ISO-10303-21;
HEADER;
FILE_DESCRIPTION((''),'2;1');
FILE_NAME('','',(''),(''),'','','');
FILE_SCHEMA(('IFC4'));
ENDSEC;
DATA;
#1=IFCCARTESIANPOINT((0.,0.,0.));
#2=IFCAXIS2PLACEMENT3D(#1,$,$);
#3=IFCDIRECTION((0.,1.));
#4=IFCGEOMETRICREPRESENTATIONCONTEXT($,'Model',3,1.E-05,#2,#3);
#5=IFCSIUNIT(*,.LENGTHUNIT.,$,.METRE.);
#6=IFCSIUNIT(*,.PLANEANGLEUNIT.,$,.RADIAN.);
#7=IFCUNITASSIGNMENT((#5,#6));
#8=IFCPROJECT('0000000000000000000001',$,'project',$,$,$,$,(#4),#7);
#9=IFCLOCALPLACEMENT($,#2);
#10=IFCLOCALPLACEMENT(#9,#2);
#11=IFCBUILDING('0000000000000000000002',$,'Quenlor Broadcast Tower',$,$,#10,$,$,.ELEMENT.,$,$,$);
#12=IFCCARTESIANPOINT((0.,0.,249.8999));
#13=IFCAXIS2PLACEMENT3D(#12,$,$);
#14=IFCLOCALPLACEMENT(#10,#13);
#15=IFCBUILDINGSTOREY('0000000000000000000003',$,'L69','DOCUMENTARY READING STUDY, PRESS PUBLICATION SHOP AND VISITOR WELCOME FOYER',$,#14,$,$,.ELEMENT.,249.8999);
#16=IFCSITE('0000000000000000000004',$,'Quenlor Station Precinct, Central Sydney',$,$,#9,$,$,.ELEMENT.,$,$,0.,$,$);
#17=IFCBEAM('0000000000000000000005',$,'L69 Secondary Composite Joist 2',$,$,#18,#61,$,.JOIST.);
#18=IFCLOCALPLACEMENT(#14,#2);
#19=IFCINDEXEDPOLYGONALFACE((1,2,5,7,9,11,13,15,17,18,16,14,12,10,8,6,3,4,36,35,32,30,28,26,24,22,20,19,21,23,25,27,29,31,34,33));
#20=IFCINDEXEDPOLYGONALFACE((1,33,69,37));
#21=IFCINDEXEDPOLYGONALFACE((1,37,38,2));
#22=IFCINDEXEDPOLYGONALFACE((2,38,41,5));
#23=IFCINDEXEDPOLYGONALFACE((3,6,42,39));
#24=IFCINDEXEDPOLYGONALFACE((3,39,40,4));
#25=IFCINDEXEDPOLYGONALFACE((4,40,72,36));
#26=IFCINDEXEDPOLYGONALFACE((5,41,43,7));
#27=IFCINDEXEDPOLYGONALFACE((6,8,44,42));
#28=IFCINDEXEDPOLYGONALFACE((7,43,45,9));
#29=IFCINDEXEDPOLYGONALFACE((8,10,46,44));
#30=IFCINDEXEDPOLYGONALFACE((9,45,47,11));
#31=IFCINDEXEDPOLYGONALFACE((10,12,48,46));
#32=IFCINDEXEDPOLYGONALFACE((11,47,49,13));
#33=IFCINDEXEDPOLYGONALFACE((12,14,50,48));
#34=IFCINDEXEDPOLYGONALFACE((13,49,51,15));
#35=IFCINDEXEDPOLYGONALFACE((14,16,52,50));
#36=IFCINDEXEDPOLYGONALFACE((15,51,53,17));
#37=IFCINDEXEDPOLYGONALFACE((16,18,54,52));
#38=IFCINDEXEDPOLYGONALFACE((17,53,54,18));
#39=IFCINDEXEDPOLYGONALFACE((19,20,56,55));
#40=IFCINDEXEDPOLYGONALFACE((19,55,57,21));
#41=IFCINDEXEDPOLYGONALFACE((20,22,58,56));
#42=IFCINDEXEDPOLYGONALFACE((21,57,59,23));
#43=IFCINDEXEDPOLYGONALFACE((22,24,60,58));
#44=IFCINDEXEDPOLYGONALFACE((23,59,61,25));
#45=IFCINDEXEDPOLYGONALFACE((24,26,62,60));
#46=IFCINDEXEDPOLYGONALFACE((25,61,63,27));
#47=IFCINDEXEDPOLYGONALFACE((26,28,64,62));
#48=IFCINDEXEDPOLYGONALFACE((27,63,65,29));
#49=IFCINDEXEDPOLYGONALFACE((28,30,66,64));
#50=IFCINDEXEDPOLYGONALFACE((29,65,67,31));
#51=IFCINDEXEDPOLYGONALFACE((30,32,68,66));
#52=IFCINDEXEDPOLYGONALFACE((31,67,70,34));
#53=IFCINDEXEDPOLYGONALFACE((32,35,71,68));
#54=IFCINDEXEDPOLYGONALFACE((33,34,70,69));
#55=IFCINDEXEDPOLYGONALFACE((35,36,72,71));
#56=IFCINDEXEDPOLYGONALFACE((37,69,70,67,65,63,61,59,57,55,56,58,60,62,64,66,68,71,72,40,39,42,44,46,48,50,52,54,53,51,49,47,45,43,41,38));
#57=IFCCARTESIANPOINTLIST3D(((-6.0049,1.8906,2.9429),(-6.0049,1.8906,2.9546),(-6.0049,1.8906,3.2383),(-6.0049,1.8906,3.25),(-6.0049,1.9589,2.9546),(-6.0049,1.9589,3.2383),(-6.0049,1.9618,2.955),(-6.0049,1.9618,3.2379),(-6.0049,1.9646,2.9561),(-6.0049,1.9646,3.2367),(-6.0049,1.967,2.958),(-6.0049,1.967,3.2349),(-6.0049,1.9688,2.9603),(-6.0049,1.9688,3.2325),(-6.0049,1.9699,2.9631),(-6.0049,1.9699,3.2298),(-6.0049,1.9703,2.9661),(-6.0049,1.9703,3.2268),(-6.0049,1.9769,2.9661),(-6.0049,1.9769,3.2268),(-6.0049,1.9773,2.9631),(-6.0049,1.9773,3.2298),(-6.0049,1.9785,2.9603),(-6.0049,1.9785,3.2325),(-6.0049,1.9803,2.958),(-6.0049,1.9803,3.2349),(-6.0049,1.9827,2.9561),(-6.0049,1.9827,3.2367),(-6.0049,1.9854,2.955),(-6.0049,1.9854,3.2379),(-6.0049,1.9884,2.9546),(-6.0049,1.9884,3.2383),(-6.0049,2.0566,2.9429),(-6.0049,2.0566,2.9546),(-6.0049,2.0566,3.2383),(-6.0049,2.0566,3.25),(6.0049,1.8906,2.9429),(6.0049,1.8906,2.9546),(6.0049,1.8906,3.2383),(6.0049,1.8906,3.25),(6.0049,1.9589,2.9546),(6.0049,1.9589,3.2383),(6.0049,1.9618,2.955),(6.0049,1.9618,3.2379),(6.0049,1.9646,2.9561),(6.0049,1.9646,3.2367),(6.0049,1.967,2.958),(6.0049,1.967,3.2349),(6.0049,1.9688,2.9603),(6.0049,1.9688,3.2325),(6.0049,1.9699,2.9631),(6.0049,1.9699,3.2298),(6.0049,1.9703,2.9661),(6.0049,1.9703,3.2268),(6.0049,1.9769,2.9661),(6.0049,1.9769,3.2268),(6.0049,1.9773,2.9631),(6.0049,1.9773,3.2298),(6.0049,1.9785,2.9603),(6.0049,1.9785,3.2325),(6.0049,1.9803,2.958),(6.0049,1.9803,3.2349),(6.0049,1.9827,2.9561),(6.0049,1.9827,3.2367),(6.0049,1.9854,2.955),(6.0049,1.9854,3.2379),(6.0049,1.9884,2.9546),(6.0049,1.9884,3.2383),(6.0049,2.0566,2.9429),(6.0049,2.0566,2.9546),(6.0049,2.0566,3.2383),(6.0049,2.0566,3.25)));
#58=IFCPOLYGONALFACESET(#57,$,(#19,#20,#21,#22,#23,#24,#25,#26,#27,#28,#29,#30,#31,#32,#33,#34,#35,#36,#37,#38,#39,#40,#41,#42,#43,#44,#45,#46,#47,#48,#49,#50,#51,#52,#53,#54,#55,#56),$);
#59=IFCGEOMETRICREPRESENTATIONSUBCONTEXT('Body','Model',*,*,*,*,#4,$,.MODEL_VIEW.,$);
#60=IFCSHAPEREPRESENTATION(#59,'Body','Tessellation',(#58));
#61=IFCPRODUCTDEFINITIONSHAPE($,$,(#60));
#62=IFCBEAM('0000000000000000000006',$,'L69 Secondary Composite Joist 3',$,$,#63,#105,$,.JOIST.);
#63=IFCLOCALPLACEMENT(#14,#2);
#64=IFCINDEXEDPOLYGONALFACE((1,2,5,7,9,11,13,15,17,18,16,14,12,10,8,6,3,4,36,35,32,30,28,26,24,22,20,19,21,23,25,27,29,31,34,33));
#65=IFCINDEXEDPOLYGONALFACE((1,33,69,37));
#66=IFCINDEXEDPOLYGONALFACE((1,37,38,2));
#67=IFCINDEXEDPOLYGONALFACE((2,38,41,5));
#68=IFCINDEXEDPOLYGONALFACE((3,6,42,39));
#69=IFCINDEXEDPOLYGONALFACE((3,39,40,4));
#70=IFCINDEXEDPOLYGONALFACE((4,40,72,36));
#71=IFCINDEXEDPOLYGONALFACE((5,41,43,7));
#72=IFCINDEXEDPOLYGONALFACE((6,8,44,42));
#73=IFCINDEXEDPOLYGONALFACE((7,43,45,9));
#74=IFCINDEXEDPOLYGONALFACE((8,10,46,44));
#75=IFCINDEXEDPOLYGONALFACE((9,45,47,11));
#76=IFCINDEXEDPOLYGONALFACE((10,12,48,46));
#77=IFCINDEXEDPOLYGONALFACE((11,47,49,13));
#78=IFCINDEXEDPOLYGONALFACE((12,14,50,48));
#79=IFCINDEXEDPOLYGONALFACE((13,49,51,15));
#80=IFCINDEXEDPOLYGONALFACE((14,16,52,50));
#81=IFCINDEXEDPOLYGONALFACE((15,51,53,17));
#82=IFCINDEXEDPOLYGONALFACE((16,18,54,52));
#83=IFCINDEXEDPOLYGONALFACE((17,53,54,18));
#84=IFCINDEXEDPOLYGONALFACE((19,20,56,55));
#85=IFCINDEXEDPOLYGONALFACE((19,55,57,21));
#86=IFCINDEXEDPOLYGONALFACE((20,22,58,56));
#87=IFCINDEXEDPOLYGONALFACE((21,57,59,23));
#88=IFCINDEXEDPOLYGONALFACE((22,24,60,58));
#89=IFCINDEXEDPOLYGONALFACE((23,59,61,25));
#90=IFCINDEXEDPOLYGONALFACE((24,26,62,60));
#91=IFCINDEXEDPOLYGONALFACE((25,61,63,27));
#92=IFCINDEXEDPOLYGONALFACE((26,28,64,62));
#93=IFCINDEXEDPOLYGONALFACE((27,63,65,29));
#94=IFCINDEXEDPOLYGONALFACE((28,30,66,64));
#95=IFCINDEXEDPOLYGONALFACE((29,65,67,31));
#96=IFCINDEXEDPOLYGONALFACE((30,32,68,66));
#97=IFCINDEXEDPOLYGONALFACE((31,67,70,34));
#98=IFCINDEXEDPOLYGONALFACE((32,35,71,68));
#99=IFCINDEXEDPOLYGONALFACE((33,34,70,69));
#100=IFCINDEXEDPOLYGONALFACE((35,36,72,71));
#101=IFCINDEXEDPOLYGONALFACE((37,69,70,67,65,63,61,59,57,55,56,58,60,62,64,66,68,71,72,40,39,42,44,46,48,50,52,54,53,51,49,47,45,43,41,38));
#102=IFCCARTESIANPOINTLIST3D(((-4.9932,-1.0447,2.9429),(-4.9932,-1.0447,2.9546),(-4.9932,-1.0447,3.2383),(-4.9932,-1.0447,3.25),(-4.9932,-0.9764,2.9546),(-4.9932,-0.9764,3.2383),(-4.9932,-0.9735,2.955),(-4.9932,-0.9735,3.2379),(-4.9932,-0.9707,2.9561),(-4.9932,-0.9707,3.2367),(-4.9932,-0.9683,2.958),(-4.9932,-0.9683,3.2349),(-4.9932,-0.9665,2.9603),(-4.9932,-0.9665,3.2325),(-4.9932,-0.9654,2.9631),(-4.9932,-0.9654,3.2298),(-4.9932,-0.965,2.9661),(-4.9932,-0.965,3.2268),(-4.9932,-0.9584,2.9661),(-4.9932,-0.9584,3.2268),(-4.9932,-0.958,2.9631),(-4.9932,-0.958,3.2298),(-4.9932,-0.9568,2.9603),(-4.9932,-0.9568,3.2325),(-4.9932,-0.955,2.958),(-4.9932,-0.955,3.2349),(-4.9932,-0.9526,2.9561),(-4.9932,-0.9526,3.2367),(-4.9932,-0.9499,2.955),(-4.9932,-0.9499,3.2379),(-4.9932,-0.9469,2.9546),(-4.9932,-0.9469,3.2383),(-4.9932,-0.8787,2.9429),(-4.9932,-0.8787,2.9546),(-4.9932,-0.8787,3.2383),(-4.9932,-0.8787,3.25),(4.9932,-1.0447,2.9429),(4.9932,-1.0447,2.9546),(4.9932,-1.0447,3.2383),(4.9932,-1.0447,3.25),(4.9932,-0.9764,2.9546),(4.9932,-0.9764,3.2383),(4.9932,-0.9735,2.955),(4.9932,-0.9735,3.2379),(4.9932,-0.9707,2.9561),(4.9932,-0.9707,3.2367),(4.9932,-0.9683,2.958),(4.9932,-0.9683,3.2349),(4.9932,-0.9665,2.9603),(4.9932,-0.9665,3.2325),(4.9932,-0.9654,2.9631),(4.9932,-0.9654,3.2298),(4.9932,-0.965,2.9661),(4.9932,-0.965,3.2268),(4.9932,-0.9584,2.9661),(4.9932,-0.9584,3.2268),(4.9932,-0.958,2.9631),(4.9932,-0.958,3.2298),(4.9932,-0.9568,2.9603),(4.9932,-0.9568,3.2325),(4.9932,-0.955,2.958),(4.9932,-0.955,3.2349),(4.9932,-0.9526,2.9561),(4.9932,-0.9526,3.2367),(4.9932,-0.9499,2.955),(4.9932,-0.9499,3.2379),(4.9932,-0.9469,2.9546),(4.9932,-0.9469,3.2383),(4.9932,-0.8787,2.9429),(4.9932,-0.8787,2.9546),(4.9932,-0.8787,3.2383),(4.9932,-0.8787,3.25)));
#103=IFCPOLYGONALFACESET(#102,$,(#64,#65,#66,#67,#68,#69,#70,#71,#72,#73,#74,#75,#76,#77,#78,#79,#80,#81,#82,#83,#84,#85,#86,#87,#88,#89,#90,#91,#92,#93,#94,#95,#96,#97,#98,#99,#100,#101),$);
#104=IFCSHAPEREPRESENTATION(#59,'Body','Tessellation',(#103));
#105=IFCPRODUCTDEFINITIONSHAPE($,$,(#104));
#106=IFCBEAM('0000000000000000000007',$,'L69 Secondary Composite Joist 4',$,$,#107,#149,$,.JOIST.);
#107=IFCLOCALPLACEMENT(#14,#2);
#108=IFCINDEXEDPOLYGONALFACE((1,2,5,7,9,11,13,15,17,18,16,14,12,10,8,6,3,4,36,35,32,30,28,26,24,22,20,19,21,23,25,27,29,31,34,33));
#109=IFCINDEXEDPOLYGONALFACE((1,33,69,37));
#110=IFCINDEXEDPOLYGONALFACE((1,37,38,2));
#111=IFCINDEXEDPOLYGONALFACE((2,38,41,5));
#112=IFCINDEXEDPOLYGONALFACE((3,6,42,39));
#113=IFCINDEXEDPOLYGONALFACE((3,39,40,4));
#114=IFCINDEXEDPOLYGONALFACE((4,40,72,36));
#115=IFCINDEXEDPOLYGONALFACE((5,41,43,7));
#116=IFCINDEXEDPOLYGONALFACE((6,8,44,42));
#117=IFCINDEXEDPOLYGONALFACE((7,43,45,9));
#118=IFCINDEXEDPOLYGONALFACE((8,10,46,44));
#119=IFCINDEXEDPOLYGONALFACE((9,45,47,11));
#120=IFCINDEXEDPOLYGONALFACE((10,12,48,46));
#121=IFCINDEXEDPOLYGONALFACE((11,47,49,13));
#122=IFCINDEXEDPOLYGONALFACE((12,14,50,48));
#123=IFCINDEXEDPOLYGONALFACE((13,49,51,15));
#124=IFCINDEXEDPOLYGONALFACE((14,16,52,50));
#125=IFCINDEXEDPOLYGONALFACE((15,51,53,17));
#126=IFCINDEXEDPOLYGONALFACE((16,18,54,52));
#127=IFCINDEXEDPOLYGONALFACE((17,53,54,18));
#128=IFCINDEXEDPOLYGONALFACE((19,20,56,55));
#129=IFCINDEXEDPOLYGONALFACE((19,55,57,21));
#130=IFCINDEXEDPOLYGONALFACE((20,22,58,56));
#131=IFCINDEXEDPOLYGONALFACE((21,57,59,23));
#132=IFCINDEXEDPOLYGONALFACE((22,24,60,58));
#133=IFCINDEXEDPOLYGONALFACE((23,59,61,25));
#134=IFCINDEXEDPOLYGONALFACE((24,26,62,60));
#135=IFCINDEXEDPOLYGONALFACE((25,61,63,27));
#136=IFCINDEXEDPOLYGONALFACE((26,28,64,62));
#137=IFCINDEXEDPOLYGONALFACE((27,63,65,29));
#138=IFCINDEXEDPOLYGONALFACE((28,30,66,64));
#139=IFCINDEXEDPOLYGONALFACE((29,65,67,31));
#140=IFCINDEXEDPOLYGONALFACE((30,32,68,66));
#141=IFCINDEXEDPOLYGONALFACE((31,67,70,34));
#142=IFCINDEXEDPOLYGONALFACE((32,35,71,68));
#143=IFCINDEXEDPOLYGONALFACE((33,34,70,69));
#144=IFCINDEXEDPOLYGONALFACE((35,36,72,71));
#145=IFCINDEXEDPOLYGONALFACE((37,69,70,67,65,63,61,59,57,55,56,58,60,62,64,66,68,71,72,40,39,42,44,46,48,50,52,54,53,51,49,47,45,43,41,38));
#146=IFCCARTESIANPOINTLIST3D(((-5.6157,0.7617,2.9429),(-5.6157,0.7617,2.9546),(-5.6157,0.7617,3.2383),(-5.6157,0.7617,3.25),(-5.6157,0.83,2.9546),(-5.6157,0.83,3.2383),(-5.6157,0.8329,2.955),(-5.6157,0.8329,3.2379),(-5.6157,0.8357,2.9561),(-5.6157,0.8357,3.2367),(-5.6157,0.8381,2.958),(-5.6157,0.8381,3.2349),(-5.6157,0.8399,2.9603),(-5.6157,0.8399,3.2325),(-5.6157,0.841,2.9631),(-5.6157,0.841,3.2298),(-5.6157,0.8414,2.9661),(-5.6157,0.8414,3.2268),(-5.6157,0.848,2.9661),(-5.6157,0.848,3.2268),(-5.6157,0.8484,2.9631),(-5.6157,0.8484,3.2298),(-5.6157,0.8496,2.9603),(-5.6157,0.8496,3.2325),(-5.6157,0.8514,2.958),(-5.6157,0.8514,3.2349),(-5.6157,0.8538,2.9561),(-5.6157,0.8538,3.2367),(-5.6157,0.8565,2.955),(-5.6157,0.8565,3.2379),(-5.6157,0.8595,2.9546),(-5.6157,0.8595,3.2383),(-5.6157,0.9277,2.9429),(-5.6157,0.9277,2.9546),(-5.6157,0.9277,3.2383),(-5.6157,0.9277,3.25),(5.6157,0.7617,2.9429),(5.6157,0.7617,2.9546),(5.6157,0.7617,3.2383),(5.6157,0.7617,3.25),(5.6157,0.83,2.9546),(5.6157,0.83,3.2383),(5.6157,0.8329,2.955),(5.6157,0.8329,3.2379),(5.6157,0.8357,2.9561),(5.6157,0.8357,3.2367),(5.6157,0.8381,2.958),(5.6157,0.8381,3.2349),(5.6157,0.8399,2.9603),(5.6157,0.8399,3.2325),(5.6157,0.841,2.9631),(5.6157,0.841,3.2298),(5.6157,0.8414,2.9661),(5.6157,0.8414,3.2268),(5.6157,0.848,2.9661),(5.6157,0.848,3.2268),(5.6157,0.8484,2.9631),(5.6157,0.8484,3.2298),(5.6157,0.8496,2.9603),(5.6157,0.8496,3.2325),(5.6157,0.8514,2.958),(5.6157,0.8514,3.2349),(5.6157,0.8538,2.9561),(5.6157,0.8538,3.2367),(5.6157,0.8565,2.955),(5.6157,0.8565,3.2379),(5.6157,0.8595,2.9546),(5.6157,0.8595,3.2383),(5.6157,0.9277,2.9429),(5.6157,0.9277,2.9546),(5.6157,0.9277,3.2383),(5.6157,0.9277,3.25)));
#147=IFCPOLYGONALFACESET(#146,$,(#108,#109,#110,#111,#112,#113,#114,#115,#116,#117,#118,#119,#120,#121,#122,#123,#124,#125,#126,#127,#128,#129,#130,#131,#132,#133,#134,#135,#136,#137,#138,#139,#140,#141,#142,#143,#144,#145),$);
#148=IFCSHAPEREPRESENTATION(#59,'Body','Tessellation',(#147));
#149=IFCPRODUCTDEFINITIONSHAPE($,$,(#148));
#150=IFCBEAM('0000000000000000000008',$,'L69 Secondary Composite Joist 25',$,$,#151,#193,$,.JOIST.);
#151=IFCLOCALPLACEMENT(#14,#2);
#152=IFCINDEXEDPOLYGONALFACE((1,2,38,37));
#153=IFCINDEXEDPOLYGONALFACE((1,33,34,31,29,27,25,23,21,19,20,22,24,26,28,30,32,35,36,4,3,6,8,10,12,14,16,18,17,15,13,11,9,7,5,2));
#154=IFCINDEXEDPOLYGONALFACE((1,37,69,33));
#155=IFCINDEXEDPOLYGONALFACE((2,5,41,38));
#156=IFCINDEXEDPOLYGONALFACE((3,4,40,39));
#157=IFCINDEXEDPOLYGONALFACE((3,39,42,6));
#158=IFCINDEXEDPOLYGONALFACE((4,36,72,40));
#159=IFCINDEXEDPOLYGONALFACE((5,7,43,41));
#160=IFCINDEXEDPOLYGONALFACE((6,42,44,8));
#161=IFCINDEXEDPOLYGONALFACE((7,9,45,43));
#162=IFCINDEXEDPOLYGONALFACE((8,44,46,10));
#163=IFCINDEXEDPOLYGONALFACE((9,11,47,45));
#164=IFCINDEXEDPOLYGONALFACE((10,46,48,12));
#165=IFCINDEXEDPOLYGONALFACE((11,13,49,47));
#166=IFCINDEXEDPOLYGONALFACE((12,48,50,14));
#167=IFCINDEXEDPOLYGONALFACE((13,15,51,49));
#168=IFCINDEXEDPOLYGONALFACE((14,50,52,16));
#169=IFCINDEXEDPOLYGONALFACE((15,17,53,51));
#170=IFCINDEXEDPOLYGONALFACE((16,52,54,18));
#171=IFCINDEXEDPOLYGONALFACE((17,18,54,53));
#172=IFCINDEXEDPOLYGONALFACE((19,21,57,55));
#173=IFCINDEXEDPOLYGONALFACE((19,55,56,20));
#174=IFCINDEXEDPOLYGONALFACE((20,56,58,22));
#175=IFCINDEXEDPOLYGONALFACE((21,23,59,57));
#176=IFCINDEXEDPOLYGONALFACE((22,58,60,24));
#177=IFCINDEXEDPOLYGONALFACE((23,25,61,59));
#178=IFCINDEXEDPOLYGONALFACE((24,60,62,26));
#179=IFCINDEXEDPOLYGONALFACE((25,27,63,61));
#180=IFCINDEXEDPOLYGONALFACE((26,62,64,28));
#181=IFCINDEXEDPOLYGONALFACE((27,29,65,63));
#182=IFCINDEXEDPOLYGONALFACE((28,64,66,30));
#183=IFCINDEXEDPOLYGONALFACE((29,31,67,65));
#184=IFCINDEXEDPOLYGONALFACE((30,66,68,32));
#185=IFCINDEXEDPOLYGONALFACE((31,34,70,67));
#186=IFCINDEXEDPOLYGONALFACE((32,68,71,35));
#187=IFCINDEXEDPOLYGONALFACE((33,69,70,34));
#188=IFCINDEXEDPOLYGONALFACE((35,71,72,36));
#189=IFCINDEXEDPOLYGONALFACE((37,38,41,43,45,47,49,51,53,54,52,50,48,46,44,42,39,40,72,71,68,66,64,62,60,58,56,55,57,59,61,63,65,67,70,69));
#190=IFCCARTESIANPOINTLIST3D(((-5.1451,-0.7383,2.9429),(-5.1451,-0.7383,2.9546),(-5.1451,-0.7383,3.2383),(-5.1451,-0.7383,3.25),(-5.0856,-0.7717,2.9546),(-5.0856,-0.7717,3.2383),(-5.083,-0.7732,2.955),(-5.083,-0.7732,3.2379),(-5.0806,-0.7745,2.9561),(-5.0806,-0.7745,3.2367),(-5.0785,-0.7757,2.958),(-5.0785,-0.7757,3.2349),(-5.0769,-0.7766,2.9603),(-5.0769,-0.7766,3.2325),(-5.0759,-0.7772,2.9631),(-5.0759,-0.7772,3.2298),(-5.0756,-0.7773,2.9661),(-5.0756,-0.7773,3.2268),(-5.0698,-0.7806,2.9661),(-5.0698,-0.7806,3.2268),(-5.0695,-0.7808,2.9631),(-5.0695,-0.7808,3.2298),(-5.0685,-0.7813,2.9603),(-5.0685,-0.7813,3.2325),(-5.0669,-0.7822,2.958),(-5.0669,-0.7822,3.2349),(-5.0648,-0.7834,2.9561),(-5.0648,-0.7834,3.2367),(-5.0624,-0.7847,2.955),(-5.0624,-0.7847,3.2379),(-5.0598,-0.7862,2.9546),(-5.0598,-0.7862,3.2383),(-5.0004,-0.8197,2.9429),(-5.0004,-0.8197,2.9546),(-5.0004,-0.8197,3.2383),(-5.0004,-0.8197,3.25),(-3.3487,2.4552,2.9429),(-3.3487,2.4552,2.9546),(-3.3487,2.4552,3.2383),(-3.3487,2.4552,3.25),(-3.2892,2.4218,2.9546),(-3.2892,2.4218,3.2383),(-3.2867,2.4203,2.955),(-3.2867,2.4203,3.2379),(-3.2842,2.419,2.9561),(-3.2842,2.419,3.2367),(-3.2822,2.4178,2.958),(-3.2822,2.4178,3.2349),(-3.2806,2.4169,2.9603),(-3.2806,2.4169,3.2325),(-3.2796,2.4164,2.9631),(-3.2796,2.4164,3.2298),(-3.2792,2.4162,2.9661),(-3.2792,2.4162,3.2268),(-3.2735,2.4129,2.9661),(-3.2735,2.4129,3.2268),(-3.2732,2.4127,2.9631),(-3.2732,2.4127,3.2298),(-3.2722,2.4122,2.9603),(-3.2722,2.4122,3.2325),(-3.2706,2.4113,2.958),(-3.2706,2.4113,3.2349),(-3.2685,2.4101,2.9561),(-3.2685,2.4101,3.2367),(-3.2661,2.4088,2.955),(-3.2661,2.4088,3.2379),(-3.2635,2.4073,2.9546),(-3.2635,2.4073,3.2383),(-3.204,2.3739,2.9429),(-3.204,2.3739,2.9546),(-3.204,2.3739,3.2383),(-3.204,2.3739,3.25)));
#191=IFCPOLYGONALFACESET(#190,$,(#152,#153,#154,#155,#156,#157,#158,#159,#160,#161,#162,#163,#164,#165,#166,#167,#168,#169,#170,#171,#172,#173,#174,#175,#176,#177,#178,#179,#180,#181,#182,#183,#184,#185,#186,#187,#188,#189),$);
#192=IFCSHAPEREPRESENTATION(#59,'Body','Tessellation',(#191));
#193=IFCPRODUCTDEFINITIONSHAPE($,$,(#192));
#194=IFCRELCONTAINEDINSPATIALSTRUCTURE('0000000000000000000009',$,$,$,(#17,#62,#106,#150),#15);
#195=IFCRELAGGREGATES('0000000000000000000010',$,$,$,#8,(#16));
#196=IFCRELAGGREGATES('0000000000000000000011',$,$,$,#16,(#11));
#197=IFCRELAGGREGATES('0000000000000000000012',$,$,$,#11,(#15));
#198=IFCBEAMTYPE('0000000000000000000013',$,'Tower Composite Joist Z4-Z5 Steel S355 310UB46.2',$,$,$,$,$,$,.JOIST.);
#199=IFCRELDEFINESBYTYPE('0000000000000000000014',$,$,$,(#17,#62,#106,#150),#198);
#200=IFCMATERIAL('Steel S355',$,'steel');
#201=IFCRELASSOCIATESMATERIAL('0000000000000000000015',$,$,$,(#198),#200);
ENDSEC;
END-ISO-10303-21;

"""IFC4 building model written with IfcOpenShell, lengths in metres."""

from ifc_helpers import new_model, si_unit, direction, frame, origin, origin_2d, place, context, subcontext, project, spatial, i_section, extrude, material, material_profile, profile_set, type_object, element, save


model = new_model("IFC4")

# Units and contexts
model_context = context("Model", 3, precision=1e-05, world=origin(), true_north=direction((0.0, 1.0)))
body_context = subcontext(model_context, "Body", "Model", "MODEL_VIEW")
ifc_project = project(units=[si_unit("LENGTHUNIT", "METRE"), si_unit("PLANEANGLEUNIT", "RADIAN")], contexts=[model_context])

# Site, building, storey
site_placement = place(None, origin())
site = spatial("IfcSite", under=ifc_project, at=site_placement, Name="Quenlor Station Precinct, Central Sydney", CompositionType="ELEMENT", RefElevation=0.0)
building_placement = place(site_placement, origin())
building = spatial("IfcBuilding", under=site, at=building_placement, Name="Quenlor Broadcast Tower", CompositionType="ELEMENT")
storey_placement = place(building_placement, frame((0.0, 0.0, 249.8999)))
storey = spatial("IfcBuildingStorey", under=building, at=storey_placement, Name="L69", Description="DOCUMENTARY READING STUDY, PRESS PUBLICATION SHOP AND VISITOR WELCOME FOYER", CompositionType="ELEMENT", Elevation=249.8999)

# Beams
ifc_material_1 = material(Name="Steel S355", Category="steel")
ifc_material_profile = material_profile(ifc_material_1, i_section(OverallWidth=0.166, OverallDepth=0.3071, WebThickness=0.0066, FlangeThickness=0.0117, FilletRadius=0.0115, at=origin_2d()))
ifc_profile_set = profile_set([ifc_material_profile], Name="Steel S355 310UB46.2")
beam_type = type_object("IfcBeamType", Name="Tower Composite Joist Z4-Z5 Steel S355 310UB46.2", PredefinedType="JOIST", material=ifc_profile_set)
beam_1_placement = place(storey_placement, frame((-6.0049, 1.9736, 3.0964), z_axis=(1.0, 0.0, 0.0), x_axis=(0.0, 1.0, 0.0)))
element("IfcBeam", 1, at=beam_1_placement, inside=storey, type_object=beam_type, Name="L69 Secondary Composite Joist 2", PredefinedType="JOIST", context=body_context, shape_type="SweptSolid", body=[
    extrude(i_section(OverallWidth=0.166, OverallDepth=0.3071, WebThickness=0.0066, FlangeThickness=0.0117, FilletRadius=0.0115, at=origin_2d()), origin(), (0.0, 0.0, 1.0), 12.0098),
])
beam_2_placement = place(storey_placement, frame((-4.9932, -0.9617, 3.0964), z_axis=(1.0, 0.0, 0.0), x_axis=(0.0, 1.0, 0.0)))
element("IfcBeam", 2, at=beam_2_placement, inside=storey, type_object=beam_type, Name="L69 Secondary Composite Joist 3", PredefinedType="JOIST", context=body_context, shape_type="SweptSolid", body=[
    extrude(i_section(OverallWidth=0.166, OverallDepth=0.3071, WebThickness=0.0066, FlangeThickness=0.0117, FilletRadius=0.0115, at=origin_2d()), origin(), (0.0, 0.0, 1.0), 9.9863),
])
beam_3_placement = place(storey_placement, frame((-5.6157, 0.8447, 3.0964), z_axis=(1.0, 0.0, 0.0), x_axis=(0.0, 1.0, 0.0)))
element("IfcBeam", 3, at=beam_3_placement, inside=storey, type_object=beam_type, Name="L69 Secondary Composite Joist 4", PredefinedType="JOIST", context=body_context, shape_type="SweptSolid", body=[
    extrude(i_section(OverallWidth=0.166, OverallDepth=0.3071, WebThickness=0.0066, FlangeThickness=0.0117, FilletRadius=0.0115, at=origin_2d()), origin(), (0.0, 0.0, 1.0), 11.2314),
])
beam_4_placement = place(storey_placement, frame((-3.2764, 2.4146, 3.0964), z_axis=(-0.490258, -0.871577, 0.0), x_axis=(0.871577, -0.490258, 0.0)))
element("IfcBeam", 4, at=beam_4_placement, inside=storey, type_object=beam_type, Name="L69 Secondary Composite Joist 25", PredefinedType="JOIST", context=body_context, shape_type="SweptSolid", body=[
    extrude(i_section(OverallWidth=0.166, OverallDepth=0.3071, WebThickness=0.0066, FlangeThickness=0.0117, FilletRadius=0.0115, at=origin_2d()), origin(), (0.0, 0.0, 1.0), 3.6641),
])

save(model, "model.ifc")
